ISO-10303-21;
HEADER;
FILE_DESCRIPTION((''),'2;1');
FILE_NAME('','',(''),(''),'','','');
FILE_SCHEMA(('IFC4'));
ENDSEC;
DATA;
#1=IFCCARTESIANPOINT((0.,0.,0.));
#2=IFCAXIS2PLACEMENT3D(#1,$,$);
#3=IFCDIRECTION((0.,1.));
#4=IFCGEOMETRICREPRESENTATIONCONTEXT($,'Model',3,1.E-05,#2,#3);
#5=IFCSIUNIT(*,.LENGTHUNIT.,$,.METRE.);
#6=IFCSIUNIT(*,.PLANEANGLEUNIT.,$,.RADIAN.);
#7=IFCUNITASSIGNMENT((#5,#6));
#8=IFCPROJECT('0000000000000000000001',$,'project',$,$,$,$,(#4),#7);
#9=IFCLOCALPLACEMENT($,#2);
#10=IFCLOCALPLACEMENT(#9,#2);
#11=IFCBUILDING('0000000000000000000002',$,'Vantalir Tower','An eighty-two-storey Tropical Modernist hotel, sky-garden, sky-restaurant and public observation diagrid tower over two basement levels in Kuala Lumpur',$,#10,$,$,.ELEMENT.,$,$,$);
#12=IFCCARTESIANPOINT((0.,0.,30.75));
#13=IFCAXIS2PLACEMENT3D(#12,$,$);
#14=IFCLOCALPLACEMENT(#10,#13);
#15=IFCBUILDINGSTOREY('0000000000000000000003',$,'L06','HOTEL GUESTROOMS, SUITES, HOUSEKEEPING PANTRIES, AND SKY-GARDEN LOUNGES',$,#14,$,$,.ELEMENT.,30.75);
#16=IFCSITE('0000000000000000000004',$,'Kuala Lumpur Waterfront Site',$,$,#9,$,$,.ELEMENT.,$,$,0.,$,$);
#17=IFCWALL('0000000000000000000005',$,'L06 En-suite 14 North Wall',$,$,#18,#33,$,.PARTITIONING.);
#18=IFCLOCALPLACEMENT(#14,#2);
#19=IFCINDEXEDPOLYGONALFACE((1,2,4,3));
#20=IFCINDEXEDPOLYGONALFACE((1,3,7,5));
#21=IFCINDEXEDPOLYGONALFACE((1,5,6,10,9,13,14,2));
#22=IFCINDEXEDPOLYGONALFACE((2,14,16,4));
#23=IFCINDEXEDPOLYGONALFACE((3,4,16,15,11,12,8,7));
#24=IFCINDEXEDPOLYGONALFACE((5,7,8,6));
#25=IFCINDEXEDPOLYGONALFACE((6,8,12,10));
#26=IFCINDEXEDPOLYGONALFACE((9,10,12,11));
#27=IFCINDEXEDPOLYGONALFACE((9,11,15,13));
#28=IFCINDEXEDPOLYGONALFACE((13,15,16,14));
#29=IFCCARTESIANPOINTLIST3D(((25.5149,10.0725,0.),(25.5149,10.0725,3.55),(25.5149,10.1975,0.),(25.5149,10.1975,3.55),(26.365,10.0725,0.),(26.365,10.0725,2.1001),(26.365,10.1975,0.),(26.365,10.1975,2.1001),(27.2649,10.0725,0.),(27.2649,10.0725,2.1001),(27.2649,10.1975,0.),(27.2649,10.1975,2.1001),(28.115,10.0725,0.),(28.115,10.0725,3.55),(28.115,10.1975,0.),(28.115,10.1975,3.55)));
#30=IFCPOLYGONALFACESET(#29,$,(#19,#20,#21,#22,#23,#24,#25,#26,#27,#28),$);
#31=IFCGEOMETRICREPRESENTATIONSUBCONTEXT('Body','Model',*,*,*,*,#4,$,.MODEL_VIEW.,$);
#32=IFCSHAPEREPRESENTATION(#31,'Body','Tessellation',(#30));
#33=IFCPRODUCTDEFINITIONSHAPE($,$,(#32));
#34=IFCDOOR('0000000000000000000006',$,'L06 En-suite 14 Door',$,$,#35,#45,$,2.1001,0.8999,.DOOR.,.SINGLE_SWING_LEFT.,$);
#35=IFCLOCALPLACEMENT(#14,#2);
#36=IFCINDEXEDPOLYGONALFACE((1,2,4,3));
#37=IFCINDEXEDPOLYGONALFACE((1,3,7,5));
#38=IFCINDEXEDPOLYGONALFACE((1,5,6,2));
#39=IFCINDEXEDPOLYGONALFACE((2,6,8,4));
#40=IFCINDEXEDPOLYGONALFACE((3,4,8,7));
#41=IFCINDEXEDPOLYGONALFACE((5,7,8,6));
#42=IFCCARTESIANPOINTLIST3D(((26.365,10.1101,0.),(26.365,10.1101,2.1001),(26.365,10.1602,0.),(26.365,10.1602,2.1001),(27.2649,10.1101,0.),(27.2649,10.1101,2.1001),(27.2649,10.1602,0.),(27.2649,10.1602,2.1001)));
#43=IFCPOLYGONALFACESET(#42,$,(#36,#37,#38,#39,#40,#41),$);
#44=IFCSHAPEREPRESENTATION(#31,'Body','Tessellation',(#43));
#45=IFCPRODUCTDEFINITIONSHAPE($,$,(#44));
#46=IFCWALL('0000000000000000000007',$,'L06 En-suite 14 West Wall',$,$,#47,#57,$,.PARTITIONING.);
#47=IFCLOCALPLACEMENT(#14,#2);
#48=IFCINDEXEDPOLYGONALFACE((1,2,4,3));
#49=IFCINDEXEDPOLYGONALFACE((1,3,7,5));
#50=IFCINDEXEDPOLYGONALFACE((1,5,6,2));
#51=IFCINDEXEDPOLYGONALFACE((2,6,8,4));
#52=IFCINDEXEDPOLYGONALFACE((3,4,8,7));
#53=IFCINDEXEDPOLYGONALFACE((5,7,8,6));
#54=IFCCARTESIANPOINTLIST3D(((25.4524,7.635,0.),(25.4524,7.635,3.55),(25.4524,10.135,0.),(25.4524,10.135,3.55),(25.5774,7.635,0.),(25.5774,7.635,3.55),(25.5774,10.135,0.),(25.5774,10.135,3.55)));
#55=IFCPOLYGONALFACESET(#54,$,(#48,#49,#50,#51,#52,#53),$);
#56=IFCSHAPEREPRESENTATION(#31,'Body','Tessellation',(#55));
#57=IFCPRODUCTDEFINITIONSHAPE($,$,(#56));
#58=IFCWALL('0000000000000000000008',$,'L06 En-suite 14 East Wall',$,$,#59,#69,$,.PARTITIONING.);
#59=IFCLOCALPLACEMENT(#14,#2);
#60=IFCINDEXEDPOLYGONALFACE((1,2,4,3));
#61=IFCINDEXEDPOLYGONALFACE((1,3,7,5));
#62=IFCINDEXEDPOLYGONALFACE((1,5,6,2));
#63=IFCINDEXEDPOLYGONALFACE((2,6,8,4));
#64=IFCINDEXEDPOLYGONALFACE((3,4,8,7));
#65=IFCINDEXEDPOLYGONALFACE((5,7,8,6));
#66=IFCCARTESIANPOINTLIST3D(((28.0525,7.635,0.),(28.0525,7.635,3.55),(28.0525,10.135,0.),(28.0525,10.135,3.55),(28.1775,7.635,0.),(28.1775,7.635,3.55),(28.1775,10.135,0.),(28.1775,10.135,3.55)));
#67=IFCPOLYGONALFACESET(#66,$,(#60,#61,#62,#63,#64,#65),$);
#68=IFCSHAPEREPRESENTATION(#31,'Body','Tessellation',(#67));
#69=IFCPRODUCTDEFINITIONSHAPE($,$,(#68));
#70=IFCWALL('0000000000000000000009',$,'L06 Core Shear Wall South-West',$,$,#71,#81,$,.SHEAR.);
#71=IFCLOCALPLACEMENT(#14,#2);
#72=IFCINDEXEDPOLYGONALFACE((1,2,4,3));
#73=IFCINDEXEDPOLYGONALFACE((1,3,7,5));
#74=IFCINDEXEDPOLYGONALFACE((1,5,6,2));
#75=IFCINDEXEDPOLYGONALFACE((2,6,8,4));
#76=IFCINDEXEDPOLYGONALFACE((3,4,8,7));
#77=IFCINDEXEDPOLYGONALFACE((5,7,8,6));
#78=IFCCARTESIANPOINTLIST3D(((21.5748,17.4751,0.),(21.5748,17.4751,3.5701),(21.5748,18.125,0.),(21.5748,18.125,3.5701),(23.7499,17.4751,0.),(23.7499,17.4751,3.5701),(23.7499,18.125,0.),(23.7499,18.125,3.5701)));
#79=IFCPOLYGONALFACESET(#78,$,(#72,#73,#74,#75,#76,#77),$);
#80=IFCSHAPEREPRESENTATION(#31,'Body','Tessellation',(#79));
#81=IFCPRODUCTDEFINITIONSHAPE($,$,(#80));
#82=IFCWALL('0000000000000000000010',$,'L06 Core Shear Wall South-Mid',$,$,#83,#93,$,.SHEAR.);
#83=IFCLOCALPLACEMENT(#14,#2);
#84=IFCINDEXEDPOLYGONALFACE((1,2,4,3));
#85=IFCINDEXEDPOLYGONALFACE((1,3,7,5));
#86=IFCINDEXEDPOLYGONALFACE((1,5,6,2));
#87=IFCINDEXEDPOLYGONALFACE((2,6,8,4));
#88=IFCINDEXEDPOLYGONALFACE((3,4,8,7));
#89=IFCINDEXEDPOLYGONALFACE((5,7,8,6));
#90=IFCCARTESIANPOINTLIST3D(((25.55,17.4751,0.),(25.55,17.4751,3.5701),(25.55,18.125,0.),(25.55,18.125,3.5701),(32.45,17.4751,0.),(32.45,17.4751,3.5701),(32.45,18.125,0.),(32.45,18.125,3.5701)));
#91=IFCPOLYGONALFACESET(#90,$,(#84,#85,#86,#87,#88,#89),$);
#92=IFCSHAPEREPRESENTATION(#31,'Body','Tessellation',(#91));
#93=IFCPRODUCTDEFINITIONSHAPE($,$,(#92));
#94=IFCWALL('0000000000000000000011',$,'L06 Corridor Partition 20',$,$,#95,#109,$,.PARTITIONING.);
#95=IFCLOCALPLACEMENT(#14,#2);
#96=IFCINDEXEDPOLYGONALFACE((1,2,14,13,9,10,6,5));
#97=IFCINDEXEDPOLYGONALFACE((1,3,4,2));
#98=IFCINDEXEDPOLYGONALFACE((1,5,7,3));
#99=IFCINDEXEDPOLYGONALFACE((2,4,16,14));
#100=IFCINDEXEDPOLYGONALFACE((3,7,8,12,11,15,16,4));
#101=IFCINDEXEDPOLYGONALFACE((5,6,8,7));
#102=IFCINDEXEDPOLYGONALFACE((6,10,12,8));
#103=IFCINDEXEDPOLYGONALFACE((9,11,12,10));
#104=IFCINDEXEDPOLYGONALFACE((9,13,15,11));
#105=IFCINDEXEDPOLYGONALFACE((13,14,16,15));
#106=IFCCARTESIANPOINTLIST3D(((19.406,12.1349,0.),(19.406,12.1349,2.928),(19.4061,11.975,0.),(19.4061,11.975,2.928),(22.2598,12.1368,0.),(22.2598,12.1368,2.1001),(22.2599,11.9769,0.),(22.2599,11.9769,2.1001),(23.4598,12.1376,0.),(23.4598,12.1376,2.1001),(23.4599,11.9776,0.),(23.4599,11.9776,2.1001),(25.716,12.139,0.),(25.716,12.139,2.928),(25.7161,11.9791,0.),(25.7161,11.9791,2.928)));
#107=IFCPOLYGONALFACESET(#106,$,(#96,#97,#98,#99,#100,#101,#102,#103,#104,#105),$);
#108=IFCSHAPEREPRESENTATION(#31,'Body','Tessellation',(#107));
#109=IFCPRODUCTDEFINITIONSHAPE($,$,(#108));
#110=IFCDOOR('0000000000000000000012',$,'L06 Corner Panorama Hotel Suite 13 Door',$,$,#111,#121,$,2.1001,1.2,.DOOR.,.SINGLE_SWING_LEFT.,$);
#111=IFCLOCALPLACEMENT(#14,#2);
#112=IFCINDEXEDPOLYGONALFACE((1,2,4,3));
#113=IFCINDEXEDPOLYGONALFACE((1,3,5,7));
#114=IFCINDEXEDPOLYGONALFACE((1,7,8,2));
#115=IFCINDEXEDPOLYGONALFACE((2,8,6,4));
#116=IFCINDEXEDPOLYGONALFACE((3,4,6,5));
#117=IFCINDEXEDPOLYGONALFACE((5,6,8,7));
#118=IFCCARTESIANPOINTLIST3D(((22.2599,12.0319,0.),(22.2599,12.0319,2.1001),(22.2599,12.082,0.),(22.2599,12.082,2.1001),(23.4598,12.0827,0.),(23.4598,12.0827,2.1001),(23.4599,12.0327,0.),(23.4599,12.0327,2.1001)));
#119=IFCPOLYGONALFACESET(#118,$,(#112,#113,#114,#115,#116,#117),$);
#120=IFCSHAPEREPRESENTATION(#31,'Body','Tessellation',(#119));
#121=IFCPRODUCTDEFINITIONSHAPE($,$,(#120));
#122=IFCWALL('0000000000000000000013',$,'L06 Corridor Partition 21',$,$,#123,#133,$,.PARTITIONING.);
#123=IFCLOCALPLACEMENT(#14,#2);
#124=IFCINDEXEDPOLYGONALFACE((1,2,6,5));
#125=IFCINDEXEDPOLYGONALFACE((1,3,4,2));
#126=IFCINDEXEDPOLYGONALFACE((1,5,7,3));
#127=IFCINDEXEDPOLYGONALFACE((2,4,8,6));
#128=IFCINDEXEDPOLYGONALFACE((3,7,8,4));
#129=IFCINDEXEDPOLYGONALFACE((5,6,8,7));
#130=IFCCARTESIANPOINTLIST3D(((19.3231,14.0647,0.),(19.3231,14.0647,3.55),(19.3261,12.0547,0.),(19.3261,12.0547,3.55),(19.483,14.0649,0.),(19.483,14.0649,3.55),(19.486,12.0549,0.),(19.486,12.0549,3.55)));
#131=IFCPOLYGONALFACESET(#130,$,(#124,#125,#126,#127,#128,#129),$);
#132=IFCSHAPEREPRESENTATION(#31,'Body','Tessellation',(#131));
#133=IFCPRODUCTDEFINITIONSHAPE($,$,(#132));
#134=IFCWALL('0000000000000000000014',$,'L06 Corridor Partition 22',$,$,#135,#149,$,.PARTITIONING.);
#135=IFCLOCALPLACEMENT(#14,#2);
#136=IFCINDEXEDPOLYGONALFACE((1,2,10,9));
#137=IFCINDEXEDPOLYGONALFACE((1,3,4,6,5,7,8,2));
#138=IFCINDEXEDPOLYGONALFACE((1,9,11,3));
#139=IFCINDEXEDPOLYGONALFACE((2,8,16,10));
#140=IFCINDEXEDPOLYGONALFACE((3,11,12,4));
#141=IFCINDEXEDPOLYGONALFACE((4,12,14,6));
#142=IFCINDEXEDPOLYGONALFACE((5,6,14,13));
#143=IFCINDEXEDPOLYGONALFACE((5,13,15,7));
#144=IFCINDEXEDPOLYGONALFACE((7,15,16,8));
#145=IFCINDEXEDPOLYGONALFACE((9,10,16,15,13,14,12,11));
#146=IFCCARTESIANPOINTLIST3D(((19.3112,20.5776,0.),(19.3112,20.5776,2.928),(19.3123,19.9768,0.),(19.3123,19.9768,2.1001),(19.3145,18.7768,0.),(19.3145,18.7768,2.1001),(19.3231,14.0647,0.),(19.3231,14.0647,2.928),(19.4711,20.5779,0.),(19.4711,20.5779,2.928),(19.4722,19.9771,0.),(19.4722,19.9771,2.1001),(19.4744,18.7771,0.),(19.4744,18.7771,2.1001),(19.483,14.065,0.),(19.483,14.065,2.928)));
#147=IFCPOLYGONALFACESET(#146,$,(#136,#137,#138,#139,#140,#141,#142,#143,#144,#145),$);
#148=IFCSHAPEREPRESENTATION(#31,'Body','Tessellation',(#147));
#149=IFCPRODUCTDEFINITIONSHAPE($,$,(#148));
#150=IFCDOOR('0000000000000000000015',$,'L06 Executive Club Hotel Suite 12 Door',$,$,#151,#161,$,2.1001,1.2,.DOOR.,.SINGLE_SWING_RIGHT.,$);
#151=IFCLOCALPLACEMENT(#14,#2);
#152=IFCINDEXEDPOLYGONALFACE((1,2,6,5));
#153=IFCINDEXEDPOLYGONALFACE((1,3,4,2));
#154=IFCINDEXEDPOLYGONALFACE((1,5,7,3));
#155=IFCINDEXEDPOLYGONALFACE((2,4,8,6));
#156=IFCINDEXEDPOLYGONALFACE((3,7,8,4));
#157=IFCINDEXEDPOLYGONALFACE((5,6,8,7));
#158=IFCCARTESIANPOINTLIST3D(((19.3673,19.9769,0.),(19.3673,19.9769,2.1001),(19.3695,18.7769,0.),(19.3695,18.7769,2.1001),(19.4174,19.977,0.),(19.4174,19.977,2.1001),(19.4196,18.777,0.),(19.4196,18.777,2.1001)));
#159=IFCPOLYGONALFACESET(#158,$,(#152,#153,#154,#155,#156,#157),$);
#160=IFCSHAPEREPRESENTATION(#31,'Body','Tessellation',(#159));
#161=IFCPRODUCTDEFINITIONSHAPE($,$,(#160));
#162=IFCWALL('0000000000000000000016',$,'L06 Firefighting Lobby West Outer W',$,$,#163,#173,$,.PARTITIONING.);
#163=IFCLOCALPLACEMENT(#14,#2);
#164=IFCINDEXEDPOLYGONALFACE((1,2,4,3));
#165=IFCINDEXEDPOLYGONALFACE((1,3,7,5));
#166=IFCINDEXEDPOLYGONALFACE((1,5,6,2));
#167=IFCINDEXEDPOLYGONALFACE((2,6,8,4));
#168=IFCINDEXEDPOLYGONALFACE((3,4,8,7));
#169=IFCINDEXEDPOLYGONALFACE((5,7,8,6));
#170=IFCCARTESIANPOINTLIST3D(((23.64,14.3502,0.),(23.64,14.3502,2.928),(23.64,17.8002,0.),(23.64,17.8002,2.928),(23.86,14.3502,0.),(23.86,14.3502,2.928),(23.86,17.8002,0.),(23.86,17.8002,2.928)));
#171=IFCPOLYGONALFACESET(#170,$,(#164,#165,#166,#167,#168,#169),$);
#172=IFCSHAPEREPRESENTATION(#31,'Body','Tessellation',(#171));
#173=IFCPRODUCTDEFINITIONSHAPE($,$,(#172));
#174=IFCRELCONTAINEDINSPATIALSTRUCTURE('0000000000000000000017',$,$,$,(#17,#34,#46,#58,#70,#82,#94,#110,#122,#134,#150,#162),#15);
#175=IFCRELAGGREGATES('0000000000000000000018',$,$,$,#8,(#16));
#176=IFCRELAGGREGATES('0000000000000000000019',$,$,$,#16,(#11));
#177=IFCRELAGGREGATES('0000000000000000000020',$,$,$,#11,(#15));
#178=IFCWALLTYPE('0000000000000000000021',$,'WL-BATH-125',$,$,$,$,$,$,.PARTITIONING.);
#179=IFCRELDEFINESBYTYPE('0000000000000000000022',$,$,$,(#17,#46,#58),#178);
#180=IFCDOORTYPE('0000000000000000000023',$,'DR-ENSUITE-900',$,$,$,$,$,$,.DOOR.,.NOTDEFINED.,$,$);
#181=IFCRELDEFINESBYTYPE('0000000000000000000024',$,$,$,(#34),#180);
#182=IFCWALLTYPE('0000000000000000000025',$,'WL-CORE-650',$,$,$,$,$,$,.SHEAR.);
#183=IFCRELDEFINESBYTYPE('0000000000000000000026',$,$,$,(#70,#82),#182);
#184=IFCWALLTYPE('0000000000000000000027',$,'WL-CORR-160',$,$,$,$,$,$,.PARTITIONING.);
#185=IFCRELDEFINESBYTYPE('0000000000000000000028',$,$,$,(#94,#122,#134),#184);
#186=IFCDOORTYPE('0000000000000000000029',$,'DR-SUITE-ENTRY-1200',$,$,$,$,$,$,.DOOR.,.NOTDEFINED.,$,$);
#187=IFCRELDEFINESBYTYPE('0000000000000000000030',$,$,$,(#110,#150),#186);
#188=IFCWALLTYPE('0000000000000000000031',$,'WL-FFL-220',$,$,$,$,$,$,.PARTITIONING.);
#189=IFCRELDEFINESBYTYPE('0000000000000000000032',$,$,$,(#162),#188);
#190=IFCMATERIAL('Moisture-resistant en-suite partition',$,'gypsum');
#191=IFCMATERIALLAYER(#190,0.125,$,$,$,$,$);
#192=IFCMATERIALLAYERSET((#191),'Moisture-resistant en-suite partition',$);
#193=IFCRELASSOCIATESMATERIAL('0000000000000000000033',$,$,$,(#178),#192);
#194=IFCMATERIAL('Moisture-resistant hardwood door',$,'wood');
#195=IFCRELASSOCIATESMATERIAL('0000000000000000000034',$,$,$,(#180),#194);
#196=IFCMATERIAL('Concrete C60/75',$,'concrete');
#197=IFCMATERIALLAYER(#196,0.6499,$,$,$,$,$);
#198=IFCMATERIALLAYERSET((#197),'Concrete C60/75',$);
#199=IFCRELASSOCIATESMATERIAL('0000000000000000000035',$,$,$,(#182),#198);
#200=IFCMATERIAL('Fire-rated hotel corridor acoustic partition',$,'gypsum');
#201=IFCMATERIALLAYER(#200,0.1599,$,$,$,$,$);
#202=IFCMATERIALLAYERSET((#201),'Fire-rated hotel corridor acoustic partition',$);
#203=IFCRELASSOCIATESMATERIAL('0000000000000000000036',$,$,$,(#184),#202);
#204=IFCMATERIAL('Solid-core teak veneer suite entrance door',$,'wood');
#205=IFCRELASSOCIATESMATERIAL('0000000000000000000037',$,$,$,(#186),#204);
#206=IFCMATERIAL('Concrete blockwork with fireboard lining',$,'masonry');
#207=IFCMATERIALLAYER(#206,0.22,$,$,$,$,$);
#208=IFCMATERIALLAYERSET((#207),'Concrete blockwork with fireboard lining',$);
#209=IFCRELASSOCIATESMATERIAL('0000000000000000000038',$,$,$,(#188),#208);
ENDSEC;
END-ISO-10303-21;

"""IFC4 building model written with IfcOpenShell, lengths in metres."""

from ifc_helpers import new_model, si_unit, direction, frame, frame_2d, origin, place, context, subcontext, project, spatial, rectangle, extrude, material, layer, layer_set, type_object, element, fill, save


model = new_model("IFC4")

# Units and contexts
model_context = context("Model", 3, precision=1e-05, world=origin(), true_north=direction((0.0, 1.0)))
body_context = subcontext(model_context, "Body", "Model", "MODEL_VIEW")
ifc_project = project(units=[si_unit("LENGTHUNIT", "METRE"), si_unit("PLANEANGLEUNIT", "RADIAN")], contexts=[model_context])

# Site, building, storey
site_placement = place(None, origin())
site = spatial("IfcSite", under=ifc_project, at=site_placement, Name="Kuala Lumpur Waterfront Site", CompositionType="ELEMENT", RefElevation=0.0)
building_placement = place(site_placement, origin())
building = spatial("IfcBuilding", under=site, at=building_placement, Name="Vantalir Tower", Description="An eighty-two-storey Tropical Modernist hotel, sky-garden, sky-restaurant and public observation diagrid tower over two basement levels in Kuala Lumpur", CompositionType="ELEMENT")
storey_placement = place(building_placement, frame((0.0, 0.0, 30.75)))
storey = spatial("IfcBuildingStorey", under=building, at=storey_placement, Name="L06", Description="HOTEL GUESTROOMS, SUITES, HOUSEKEEPING PANTRIES, AND SKY-GARDEN LOUNGES", CompositionType="ELEMENT", Elevation=30.75)

# Shared definitions
ifc_material_1 = material(Name="Concrete C60/75", Category="concrete")

# Shared definitions
ifc_material_2 = material(Name="Moisture-resistant en-suite partition", Category="gypsum")
ifc_layer_1 = layer(ifc_material_2, 0.125)
ifc_layer_set_1 = layer_set([ifc_layer_1], Name="Moisture-resistant en-suite partition")
wall_type_1 = type_object("IfcWallType", Name="WL-BATH-125", PredefinedType="PARTITIONING", material=ifc_layer_set_1)

# Wall, opening, door
wall_1_placement = place(storey_placement, frame((25.5149, 10.135, 0.0), z_axis=(0.0, 0.0, 1.0), x_axis=(1.0, 0.0, 0.0)))
wall_1 = element("IfcWall", 1, at=wall_1_placement, inside=storey, type_object=wall_type_1, Name="L06 En-suite 14 North Wall", PredefinedType="PARTITIONING", context=body_context, shape_type="SweptSolid", body=[
    extrude(rectangle(XDim=2.6001, YDim=0.125, at=frame_2d((1.3, 0.0))), origin(), (0.0, 0.0, 1.0), 3.55),
])
opening_1_placement = place(wall_1_placement, frame((0.8501, 0.0, 0.0)))
opening_1 = element("IfcOpeningElement", 2, at=opening_1_placement, cuts=wall_1, PredefinedType="OPENING", context=body_context, shape_type="SweptSolid", body=[
    extrude(rectangle(XDim=0.8999, YDim=2.1001, at=frame_2d((0.45, 1.05))), frame((0.0, 0.0725, 0.0), z_axis=(0.0, -1.0, 0.0), x_axis=(1.0, 0.0, 0.0)), (0.0, 0.0, 1.0), 0.145),
])
ifc_material_3 = material(Name="Moisture-resistant hardwood door", Category="wood")
door_type_1 = type_object("IfcDoorType", Name="DR-ENSUITE-900", OperationType="NOTDEFINED", PredefinedType="DOOR", material=ifc_material_3)
door_1_placement = place(opening_1_placement, frame((0.8999, 0.0, 0.0), z_axis=(0.0, 0.0, 1.0), x_axis=(-1.0, 0.0, 0.0)))
door_1 = element("IfcDoor", 3, at=door_1_placement, inside=storey, type_object=door_type_1, Name="L06 En-suite 14 Door", OperationType="SINGLE_SWING_LEFT", OverallHeight=2.1001, OverallWidth=0.8999, PredefinedType="DOOR", context=body_context, shape_type="SweptSolid", body=[
    extrude(rectangle(XDim=0.8999, YDim=2.1001, at=frame_2d((0.45, 1.05))), frame((0.0, 0.0249, 0.0), z_axis=(0.0, -1.0, 0.0), x_axis=(1.0, 0.0, 0.0)), (0.0, 0.0, 1.0), 0.05),
])
fill(opening_1, door_1)

# Walls
for number, where, z_axis, x_axis, name in (
    (4, (25.5149, 7.635, 0.0), (0.0, 0.0, 1.0), (0.0, 1.0, 0.0), "L06 En-suite 14 West Wall"),
    (5, (28.115, 7.635, 0.0), (0.0, 0.0, 1.0), (0.0, 1.0, 0.0), "L06 En-suite 14 East Wall"),
):
    element("IfcWall", number, at=place(storey_placement, frame(where, z_axis=z_axis, x_axis=x_axis)), inside=storey, type_object=wall_type_1, Name=name, PredefinedType="PARTITIONING", context=body_context, shape_type="SweptSolid", body=[
        extrude(rectangle(XDim=2.5, YDim=0.125, at=frame_2d((1.25, 0.0))), origin(), (0.0, 0.0, 1.0), 3.55),
    ])
ifc_layer_2 = layer(ifc_material_1, 0.6499)
ifc_layer_set_2 = layer_set([ifc_layer_2], Name="Concrete C60/75")
wall_type_2 = type_object("IfcWallType", Name="WL-CORE-650", PredefinedType="SHEAR", material=ifc_layer_set_2)
wall_2_placement = place(storey_placement, frame((21.575, 17.8, 0.0), z_axis=(0.0, 0.0, 1.0), x_axis=(1.0, 0.0, 0.0)))
element("IfcWall", 6, at=wall_2_placement, inside=storey, type_object=wall_type_2, Name="L06 Core Shear Wall South-West", PredefinedType="SHEAR", context=body_context, shape_type="SweptSolid", body=[
    extrude(rectangle(XDim=2.175, YDim=0.6499, at=frame_2d((1.0874, 0.0))), origin(), (0.0, 0.0, 1.0), 3.5701),
])
wall_3_placement = place(storey_placement, frame((25.55, 17.8, 0.0), z_axis=(0.0, 0.0, 1.0), x_axis=(1.0, 0.0, 0.0)))
element("IfcWall", 7, at=wall_3_placement, inside=storey, type_object=wall_type_2, Name="L06 Core Shear Wall South-Mid", PredefinedType="SHEAR", context=body_context, shape_type="SweptSolid", body=[
    extrude(rectangle(XDim=6.8999, YDim=0.6499, at=frame_2d((3.45, 0.0))), origin(), (0.0, 0.0, 1.0), 3.5701),
])

# Wall, opening, door
ifc_material_4 = material(Name="Fire-rated hotel corridor acoustic partition", Category="gypsum")
ifc_layer_3 = layer(ifc_material_4, 0.1599)
ifc_layer_set_3 = layer_set([ifc_layer_3], Name="Fire-rated hotel corridor acoustic partition")
wall_type_3 = type_object("IfcWallType", Name="WL-CORR-160", PredefinedType="PARTITIONING", material=ifc_layer_set_3)
wall_4_placement = place(storey_placement, frame((25.7161, 12.0591, 0.0), z_axis=(0.0, 0.0, 1.0), x_axis=(-1.0, -0.000658, 0.0)))
wall_4 = element("IfcWall", 8, at=wall_4_placement, inside=storey, type_object=wall_type_3, Name="L06 Corridor Partition 20", PredefinedType="PARTITIONING", context=body_context, shape_type="SweptSolid", body=[
    extrude(rectangle(XDim=6.3101, YDim=0.1599, at=frame_2d((3.155, 0.0))), origin(), (0.0, 0.0, 1.0), 2.928),
])
opening_2_placement = place(wall_4_placement, frame((2.2561, 0.0, 0.0)))
opening_2 = element("IfcOpeningElement", 9, at=opening_2_placement, cuts=wall_4, PredefinedType="OPENING", context=body_context, shape_type="SweptSolid", body=[
    extrude(rectangle(XDim=1.2, YDim=2.1001, at=frame_2d((0.6001, 1.05))), frame((0.0, 0.0898, 0.0), z_axis=(0.0, -1.0, 0.0), x_axis=(1.0, 0.0, 0.0)), (0.0, 0.0, 1.0), 0.1799),
])
ifc_material_5 = material(Name="Solid-core teak veneer suite entrance door", Category="wood")
door_type_2 = type_object("IfcDoorType", Name="DR-SUITE-ENTRY-1200", OperationType="NOTDEFINED", PredefinedType="DOOR", material=ifc_material_5)
door_2_placement = place(opening_2_placement, origin())
door_2 = element("IfcDoor", 10, at=door_2_placement, inside=storey, type_object=door_type_2, Name="L06 Corner Panorama Hotel Suite 13 Door", OperationType="SINGLE_SWING_LEFT", OverallHeight=2.1001, OverallWidth=1.2, PredefinedType="DOOR", context=body_context, shape_type="SweptSolid", body=[
    extrude(rectangle(XDim=1.2, YDim=2.1001, at=frame_2d((0.6001, 1.05))), frame((0.0, 0.0249, 0.0), z_axis=(0.0, -1.0, 0.0), x_axis=(1.0, 0.0, 0.0)), (0.0, 0.0, 1.0), 0.05),
])
fill(opening_2, door_2)

# Wall
wall_5_placement = place(storey_placement, frame((19.406, 12.0549, 0.0), z_axis=(0.0, 0.0, 1.0), x_axis=(-0.001458, 0.999999, 0.0)))
element("IfcWall", 11, at=wall_5_placement, inside=storey, type_object=wall_type_3, Name="L06 Corridor Partition 21", PredefinedType="PARTITIONING", context=body_context, shape_type="SweptSolid", body=[
    extrude(rectangle(XDim=2.01, YDim=0.1599, at=frame_2d((1.0049, 0.0))), origin(), (0.0, 0.0, 1.0), 3.55),
])

# Wall, opening, door
wall_6_placement = place(storey_placement, frame((19.4031, 14.0649, 0.0), z_axis=(0.0, 0.0, 1.0), x_axis=(-0.001837, 0.999998, 0.0)))
wall_6 = element("IfcWall", 12, at=wall_6_placement, inside=storey, type_object=wall_type_3, Name="L06 Corridor Partition 22", PredefinedType="PARTITIONING", context=body_context, shape_type="SweptSolid", body=[
    extrude(rectangle(XDim=6.5129, YDim=0.1599, at=frame_2d((3.2563, 0.0))), origin(), (0.0, 0.0, 1.0), 2.928),
])
opening_3_placement = place(wall_6_placement, frame((4.7119, 0.0, 0.0)))
opening_3 = element("IfcOpeningElement", 13, at=opening_3_placement, cuts=wall_6, PredefinedType="OPENING", context=body_context, shape_type="SweptSolid", body=[
    extrude(rectangle(XDim=1.2, YDim=2.1001, at=frame_2d((0.6001, 1.05))), frame((0.0, 0.0898, 0.0), z_axis=(0.0, -1.0, 0.0), x_axis=(1.0, 0.0, 0.0)), (0.0, 0.0, 1.0), 0.1799),
])
door_3_placement = place(opening_3_placement, origin())
door_3 = element("IfcDoor", 14, at=door_3_placement, inside=storey, type_object=door_type_2, Name="L06 Executive Club Hotel Suite 12 Door", OperationType="SINGLE_SWING_RIGHT", OverallHeight=2.1001, OverallWidth=1.2, PredefinedType="DOOR", context=body_context, shape_type="SweptSolid", body=[
    extrude(rectangle(XDim=1.2, YDim=2.1001, at=frame_2d((0.6001, 1.05))), frame((0.0, 0.0249, 0.0), z_axis=(0.0, -1.0, 0.0), x_axis=(1.0, 0.0, 0.0)), (0.0, 0.0, 1.0), 0.05),
])
fill(opening_3, door_3)

# Wall
ifc_material_6 = material(Name="Concrete blockwork with fireboard lining", Category="masonry")
ifc_layer_4 = layer(ifc_material_6, 0.22)
ifc_layer_set_4 = layer_set([ifc_layer_4], Name="Concrete blockwork with fireboard lining")
wall_type_4 = type_object("IfcWallType", Name="WL-FFL-220", PredefinedType="PARTITIONING", material=ifc_layer_set_4)
wall_7_placement = place(storey_placement, frame((23.75, 14.3501, 0.0), z_axis=(0.0, 0.0, 1.0), x_axis=(0.0, 1.0, 0.0)))
element("IfcWall", 15, at=wall_7_placement, inside=storey, type_object=wall_type_4, Name="L06 Firefighting Lobby West Outer W", PredefinedType="PARTITIONING", context=body_context, shape_type="SweptSolid", body=[
    extrude(rectangle(XDim=3.45, YDim=0.22, at=frame_2d((1.7251, 0.0))), origin(), (0.0, 0.0, 1.0), 2.928),
])

save(model, "model.ifc")
